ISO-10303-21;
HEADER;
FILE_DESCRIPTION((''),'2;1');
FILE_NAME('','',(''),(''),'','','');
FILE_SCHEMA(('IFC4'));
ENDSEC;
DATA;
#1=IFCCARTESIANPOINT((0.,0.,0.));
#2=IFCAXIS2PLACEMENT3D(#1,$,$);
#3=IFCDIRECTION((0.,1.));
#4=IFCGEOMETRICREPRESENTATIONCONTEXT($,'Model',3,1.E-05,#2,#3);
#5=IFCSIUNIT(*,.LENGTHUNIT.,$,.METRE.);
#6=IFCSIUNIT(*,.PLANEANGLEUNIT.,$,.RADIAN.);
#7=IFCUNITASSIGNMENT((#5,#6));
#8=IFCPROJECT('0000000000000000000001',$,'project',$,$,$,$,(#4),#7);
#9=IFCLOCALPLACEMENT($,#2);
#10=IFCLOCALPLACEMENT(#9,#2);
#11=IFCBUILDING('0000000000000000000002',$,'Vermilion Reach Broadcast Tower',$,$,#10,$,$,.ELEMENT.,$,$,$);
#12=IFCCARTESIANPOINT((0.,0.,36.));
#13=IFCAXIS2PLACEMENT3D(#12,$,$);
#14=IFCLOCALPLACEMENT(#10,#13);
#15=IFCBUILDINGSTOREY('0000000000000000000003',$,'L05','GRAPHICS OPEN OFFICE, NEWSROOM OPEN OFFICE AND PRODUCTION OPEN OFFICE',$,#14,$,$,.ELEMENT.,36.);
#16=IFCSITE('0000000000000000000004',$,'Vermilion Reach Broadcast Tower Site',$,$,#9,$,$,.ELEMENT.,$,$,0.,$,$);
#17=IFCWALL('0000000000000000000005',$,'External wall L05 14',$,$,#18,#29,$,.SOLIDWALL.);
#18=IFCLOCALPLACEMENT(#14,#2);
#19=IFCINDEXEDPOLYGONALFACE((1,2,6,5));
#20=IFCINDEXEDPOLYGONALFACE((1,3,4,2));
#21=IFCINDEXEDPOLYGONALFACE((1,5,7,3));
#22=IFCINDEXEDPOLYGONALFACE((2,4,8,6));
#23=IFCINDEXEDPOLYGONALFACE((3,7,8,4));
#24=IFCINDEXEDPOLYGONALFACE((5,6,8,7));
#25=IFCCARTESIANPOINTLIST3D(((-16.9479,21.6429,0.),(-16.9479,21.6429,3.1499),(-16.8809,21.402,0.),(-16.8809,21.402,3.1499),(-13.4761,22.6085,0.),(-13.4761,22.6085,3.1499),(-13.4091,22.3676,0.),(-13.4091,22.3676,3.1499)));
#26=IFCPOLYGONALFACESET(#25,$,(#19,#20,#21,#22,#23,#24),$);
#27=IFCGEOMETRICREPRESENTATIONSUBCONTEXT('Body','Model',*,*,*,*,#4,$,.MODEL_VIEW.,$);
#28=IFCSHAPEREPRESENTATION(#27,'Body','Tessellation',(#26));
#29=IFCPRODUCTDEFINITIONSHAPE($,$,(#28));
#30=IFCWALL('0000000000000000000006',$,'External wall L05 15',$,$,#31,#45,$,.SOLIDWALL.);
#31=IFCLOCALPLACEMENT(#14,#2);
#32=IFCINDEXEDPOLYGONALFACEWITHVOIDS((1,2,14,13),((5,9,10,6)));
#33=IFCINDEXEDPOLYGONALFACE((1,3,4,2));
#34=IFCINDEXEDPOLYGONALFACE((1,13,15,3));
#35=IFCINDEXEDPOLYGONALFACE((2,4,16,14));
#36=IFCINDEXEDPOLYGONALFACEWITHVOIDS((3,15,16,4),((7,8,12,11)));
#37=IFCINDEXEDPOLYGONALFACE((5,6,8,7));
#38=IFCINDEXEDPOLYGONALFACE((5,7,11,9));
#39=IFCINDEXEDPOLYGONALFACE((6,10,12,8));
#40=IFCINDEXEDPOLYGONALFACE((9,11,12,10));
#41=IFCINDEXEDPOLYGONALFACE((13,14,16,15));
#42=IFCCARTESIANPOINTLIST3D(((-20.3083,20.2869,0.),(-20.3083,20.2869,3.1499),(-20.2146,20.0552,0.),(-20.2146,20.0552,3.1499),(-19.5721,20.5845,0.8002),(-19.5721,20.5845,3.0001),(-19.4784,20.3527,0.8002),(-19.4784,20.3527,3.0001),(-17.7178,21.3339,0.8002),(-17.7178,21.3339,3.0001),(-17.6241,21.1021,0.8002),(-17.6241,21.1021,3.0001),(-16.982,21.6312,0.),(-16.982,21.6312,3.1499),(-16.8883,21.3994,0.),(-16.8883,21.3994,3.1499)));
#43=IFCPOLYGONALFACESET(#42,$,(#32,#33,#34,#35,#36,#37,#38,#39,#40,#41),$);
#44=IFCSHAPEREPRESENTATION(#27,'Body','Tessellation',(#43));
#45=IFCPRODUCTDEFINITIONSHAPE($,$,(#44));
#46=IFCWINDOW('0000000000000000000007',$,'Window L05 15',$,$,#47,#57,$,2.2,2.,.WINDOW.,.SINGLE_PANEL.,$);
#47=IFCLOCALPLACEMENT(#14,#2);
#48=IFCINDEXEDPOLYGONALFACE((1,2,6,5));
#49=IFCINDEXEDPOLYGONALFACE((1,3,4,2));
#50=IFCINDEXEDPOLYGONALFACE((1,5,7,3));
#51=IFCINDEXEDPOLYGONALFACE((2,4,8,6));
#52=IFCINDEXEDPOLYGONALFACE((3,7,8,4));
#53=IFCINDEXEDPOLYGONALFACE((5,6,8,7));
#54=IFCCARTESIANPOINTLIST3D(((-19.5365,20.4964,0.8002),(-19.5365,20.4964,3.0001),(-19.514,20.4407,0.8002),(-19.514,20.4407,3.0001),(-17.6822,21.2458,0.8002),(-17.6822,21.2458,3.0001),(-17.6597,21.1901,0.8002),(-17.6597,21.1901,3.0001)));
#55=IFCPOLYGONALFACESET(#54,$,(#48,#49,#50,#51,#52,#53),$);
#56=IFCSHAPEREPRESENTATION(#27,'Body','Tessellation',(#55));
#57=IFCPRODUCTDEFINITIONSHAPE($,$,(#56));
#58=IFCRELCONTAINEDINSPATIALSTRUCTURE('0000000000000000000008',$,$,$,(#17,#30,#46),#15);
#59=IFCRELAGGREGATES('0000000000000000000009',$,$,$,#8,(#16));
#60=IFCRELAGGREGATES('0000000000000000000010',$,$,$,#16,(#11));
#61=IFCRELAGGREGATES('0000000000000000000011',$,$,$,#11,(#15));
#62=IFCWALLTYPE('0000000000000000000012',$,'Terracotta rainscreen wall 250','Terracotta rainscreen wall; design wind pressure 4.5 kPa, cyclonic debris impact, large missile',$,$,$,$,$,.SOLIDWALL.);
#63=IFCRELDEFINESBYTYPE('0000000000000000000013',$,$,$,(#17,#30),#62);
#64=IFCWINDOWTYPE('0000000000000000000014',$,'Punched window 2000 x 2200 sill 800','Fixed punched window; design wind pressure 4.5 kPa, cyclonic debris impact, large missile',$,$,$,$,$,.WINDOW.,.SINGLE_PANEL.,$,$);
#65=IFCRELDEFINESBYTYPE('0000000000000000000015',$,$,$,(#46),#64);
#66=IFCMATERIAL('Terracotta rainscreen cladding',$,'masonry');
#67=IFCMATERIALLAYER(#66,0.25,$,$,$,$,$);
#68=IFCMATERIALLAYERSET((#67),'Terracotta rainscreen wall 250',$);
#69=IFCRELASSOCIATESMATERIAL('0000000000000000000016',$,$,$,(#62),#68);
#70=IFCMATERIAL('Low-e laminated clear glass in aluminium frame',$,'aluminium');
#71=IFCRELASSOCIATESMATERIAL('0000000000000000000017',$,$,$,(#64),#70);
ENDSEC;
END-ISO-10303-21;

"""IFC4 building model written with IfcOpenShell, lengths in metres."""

from ifc_helpers import new_model, si_unit, direction, frame, frame_2d, origin, place, context, subcontext, project, spatial, rectangle, extrude, material, layer, layer_set, type_object, element, fill, save


model = new_model("IFC4")

# Units and contexts
model_context = context("Model", 3, precision=1e-05, world=origin(), true_north=direction((0.0, 1.0)))
body_context = subcontext(model_context, "Body", "Model", "MODEL_VIEW")
ifc_project = project(units=[si_unit("LENGTHUNIT", "METRE"), si_unit("PLANEANGLEUNIT", "RADIAN")], contexts=[model_context])

# Site, building, storey
site_placement = place(None, origin())
site = spatial("IfcSite", under=ifc_project, at=site_placement, Name="Vermilion Reach Broadcast Tower Site", CompositionType="ELEMENT", RefElevation=0.0)
building_placement = place(site_placement, origin())
building = spatial("IfcBuilding", under=site, at=building_placement, Name="Vermilion Reach Broadcast Tower", CompositionType="ELEMENT")
storey_placement = place(building_placement, frame((0.0, 0.0, 36.0)))
storey = spatial("IfcBuildingStorey", under=building, at=storey_placement, Name="L05", Description="GRAPHICS OPEN OFFICE, NEWSROOM OPEN OFFICE AND PRODUCTION OPEN OFFICE", CompositionType="ELEMENT", Elevation=36.0)

# Wall
ifc_material_1 = material(Name="Terracotta rainscreen cladding", Category="masonry")
ifc_layer_1 = layer(ifc_material_1, 0.25)
ifc_layer_set_1 = layer_set([ifc_layer_1], Name="Terracotta rainscreen wall 250")
wall_type_1 = type_object("IfcWallType", Name="Terracotta rainscreen wall 250", Description="Terracotta rainscreen wall; design wind pressure 4.5 kPa, cyclonic debris impact, large missile", PredefinedType="SOLIDWALL", material=ifc_layer_set_1)
wall_1_placement = place(storey_placement, frame((-13.4426, 22.488, 0.0), z_axis=(0.0, 0.0, 1.0), x_axis=(-0.96343, -0.267958, 0.0)))
element("IfcWall", 1, at=wall_1_placement, inside=storey, type_object=wall_type_1, Name="External wall L05 14", PredefinedType="SOLIDWALL", context=body_context, shape_type="SweptSolid", body=[
    extrude(rectangle(XDim=3.6035, YDim=0.25, at=frame_2d((1.8018, 0.0))), origin(), (0.0, 0.0, 1.0), 3.1499),
])

# Wall, opening, window
wall_2_placement = place(storey_placement, frame((-16.9351, 21.5154, 0.0), z_axis=(0.0, 0.0, 1.0), x_axis=(-0.927147, -0.374697, 0.0)))
wall_2 = element("IfcWall", 2, at=wall_2_placement, inside=storey, type_object=wall_type_1, Name="External wall L05 15", PredefinedType="SOLIDWALL", context=body_context, shape_type="SweptSolid", body=[
    extrude(rectangle(XDim=3.5876, YDim=0.25, at=frame_2d((1.7939, 0.0))), origin(), (0.0, 0.0, 1.0), 3.1499),
])
opening_placement = place(wall_2_placement, frame((0.7937, 0.0, 0.8)))
opening = element("IfcOpeningElement", 3, at=opening_placement, cuts=wall_2, PredefinedType="OPENING", context=body_context, shape_type="SweptSolid", body=[
    extrude(rectangle(XDim=2.0, YDim=2.2, at=frame_2d((1.0, 1.1001))), frame((0.0, 0.135, 0.0), z_axis=(0.0, -1.0, 0.0), x_axis=(1.0, 0.0, 0.0)), (0.0, 0.0, 1.0), 0.27),
])
ifc_material_2 = material(Name="Low-e laminated clear glass in aluminium frame", Category="aluminium")
window_type = type_object("IfcWindowType", Name="Punched window 2000 x 2200 sill 800", Description="Fixed punched window; design wind pressure 4.5 kPa, cyclonic debris impact, large missile", PartitioningType="SINGLE_PANEL", PredefinedType="WINDOW", material=ifc_material_2)
window_placement = place(opening_placement, origin())
window = element("IfcWindow", 4, at=window_placement, inside=storey, type_object=window_type, Name="Window L05 15", OverallHeight=2.2, OverallWidth=2.0, PartitioningType="SINGLE_PANEL", PredefinedType="WINDOW", context=body_context, shape_type="SweptSolid", body=[
    extrude(rectangle(XDim=2.0, YDim=2.2, at=frame_2d((1.0, 1.1001))), frame((0.0, 0.03, 0.0), z_axis=(0.0, -1.0, 0.0), x_axis=(1.0, 0.0, 0.0)), (0.0, 0.0, 1.0), 0.0601),
])
fill(opening, window)

save(model, "model.ifc")
